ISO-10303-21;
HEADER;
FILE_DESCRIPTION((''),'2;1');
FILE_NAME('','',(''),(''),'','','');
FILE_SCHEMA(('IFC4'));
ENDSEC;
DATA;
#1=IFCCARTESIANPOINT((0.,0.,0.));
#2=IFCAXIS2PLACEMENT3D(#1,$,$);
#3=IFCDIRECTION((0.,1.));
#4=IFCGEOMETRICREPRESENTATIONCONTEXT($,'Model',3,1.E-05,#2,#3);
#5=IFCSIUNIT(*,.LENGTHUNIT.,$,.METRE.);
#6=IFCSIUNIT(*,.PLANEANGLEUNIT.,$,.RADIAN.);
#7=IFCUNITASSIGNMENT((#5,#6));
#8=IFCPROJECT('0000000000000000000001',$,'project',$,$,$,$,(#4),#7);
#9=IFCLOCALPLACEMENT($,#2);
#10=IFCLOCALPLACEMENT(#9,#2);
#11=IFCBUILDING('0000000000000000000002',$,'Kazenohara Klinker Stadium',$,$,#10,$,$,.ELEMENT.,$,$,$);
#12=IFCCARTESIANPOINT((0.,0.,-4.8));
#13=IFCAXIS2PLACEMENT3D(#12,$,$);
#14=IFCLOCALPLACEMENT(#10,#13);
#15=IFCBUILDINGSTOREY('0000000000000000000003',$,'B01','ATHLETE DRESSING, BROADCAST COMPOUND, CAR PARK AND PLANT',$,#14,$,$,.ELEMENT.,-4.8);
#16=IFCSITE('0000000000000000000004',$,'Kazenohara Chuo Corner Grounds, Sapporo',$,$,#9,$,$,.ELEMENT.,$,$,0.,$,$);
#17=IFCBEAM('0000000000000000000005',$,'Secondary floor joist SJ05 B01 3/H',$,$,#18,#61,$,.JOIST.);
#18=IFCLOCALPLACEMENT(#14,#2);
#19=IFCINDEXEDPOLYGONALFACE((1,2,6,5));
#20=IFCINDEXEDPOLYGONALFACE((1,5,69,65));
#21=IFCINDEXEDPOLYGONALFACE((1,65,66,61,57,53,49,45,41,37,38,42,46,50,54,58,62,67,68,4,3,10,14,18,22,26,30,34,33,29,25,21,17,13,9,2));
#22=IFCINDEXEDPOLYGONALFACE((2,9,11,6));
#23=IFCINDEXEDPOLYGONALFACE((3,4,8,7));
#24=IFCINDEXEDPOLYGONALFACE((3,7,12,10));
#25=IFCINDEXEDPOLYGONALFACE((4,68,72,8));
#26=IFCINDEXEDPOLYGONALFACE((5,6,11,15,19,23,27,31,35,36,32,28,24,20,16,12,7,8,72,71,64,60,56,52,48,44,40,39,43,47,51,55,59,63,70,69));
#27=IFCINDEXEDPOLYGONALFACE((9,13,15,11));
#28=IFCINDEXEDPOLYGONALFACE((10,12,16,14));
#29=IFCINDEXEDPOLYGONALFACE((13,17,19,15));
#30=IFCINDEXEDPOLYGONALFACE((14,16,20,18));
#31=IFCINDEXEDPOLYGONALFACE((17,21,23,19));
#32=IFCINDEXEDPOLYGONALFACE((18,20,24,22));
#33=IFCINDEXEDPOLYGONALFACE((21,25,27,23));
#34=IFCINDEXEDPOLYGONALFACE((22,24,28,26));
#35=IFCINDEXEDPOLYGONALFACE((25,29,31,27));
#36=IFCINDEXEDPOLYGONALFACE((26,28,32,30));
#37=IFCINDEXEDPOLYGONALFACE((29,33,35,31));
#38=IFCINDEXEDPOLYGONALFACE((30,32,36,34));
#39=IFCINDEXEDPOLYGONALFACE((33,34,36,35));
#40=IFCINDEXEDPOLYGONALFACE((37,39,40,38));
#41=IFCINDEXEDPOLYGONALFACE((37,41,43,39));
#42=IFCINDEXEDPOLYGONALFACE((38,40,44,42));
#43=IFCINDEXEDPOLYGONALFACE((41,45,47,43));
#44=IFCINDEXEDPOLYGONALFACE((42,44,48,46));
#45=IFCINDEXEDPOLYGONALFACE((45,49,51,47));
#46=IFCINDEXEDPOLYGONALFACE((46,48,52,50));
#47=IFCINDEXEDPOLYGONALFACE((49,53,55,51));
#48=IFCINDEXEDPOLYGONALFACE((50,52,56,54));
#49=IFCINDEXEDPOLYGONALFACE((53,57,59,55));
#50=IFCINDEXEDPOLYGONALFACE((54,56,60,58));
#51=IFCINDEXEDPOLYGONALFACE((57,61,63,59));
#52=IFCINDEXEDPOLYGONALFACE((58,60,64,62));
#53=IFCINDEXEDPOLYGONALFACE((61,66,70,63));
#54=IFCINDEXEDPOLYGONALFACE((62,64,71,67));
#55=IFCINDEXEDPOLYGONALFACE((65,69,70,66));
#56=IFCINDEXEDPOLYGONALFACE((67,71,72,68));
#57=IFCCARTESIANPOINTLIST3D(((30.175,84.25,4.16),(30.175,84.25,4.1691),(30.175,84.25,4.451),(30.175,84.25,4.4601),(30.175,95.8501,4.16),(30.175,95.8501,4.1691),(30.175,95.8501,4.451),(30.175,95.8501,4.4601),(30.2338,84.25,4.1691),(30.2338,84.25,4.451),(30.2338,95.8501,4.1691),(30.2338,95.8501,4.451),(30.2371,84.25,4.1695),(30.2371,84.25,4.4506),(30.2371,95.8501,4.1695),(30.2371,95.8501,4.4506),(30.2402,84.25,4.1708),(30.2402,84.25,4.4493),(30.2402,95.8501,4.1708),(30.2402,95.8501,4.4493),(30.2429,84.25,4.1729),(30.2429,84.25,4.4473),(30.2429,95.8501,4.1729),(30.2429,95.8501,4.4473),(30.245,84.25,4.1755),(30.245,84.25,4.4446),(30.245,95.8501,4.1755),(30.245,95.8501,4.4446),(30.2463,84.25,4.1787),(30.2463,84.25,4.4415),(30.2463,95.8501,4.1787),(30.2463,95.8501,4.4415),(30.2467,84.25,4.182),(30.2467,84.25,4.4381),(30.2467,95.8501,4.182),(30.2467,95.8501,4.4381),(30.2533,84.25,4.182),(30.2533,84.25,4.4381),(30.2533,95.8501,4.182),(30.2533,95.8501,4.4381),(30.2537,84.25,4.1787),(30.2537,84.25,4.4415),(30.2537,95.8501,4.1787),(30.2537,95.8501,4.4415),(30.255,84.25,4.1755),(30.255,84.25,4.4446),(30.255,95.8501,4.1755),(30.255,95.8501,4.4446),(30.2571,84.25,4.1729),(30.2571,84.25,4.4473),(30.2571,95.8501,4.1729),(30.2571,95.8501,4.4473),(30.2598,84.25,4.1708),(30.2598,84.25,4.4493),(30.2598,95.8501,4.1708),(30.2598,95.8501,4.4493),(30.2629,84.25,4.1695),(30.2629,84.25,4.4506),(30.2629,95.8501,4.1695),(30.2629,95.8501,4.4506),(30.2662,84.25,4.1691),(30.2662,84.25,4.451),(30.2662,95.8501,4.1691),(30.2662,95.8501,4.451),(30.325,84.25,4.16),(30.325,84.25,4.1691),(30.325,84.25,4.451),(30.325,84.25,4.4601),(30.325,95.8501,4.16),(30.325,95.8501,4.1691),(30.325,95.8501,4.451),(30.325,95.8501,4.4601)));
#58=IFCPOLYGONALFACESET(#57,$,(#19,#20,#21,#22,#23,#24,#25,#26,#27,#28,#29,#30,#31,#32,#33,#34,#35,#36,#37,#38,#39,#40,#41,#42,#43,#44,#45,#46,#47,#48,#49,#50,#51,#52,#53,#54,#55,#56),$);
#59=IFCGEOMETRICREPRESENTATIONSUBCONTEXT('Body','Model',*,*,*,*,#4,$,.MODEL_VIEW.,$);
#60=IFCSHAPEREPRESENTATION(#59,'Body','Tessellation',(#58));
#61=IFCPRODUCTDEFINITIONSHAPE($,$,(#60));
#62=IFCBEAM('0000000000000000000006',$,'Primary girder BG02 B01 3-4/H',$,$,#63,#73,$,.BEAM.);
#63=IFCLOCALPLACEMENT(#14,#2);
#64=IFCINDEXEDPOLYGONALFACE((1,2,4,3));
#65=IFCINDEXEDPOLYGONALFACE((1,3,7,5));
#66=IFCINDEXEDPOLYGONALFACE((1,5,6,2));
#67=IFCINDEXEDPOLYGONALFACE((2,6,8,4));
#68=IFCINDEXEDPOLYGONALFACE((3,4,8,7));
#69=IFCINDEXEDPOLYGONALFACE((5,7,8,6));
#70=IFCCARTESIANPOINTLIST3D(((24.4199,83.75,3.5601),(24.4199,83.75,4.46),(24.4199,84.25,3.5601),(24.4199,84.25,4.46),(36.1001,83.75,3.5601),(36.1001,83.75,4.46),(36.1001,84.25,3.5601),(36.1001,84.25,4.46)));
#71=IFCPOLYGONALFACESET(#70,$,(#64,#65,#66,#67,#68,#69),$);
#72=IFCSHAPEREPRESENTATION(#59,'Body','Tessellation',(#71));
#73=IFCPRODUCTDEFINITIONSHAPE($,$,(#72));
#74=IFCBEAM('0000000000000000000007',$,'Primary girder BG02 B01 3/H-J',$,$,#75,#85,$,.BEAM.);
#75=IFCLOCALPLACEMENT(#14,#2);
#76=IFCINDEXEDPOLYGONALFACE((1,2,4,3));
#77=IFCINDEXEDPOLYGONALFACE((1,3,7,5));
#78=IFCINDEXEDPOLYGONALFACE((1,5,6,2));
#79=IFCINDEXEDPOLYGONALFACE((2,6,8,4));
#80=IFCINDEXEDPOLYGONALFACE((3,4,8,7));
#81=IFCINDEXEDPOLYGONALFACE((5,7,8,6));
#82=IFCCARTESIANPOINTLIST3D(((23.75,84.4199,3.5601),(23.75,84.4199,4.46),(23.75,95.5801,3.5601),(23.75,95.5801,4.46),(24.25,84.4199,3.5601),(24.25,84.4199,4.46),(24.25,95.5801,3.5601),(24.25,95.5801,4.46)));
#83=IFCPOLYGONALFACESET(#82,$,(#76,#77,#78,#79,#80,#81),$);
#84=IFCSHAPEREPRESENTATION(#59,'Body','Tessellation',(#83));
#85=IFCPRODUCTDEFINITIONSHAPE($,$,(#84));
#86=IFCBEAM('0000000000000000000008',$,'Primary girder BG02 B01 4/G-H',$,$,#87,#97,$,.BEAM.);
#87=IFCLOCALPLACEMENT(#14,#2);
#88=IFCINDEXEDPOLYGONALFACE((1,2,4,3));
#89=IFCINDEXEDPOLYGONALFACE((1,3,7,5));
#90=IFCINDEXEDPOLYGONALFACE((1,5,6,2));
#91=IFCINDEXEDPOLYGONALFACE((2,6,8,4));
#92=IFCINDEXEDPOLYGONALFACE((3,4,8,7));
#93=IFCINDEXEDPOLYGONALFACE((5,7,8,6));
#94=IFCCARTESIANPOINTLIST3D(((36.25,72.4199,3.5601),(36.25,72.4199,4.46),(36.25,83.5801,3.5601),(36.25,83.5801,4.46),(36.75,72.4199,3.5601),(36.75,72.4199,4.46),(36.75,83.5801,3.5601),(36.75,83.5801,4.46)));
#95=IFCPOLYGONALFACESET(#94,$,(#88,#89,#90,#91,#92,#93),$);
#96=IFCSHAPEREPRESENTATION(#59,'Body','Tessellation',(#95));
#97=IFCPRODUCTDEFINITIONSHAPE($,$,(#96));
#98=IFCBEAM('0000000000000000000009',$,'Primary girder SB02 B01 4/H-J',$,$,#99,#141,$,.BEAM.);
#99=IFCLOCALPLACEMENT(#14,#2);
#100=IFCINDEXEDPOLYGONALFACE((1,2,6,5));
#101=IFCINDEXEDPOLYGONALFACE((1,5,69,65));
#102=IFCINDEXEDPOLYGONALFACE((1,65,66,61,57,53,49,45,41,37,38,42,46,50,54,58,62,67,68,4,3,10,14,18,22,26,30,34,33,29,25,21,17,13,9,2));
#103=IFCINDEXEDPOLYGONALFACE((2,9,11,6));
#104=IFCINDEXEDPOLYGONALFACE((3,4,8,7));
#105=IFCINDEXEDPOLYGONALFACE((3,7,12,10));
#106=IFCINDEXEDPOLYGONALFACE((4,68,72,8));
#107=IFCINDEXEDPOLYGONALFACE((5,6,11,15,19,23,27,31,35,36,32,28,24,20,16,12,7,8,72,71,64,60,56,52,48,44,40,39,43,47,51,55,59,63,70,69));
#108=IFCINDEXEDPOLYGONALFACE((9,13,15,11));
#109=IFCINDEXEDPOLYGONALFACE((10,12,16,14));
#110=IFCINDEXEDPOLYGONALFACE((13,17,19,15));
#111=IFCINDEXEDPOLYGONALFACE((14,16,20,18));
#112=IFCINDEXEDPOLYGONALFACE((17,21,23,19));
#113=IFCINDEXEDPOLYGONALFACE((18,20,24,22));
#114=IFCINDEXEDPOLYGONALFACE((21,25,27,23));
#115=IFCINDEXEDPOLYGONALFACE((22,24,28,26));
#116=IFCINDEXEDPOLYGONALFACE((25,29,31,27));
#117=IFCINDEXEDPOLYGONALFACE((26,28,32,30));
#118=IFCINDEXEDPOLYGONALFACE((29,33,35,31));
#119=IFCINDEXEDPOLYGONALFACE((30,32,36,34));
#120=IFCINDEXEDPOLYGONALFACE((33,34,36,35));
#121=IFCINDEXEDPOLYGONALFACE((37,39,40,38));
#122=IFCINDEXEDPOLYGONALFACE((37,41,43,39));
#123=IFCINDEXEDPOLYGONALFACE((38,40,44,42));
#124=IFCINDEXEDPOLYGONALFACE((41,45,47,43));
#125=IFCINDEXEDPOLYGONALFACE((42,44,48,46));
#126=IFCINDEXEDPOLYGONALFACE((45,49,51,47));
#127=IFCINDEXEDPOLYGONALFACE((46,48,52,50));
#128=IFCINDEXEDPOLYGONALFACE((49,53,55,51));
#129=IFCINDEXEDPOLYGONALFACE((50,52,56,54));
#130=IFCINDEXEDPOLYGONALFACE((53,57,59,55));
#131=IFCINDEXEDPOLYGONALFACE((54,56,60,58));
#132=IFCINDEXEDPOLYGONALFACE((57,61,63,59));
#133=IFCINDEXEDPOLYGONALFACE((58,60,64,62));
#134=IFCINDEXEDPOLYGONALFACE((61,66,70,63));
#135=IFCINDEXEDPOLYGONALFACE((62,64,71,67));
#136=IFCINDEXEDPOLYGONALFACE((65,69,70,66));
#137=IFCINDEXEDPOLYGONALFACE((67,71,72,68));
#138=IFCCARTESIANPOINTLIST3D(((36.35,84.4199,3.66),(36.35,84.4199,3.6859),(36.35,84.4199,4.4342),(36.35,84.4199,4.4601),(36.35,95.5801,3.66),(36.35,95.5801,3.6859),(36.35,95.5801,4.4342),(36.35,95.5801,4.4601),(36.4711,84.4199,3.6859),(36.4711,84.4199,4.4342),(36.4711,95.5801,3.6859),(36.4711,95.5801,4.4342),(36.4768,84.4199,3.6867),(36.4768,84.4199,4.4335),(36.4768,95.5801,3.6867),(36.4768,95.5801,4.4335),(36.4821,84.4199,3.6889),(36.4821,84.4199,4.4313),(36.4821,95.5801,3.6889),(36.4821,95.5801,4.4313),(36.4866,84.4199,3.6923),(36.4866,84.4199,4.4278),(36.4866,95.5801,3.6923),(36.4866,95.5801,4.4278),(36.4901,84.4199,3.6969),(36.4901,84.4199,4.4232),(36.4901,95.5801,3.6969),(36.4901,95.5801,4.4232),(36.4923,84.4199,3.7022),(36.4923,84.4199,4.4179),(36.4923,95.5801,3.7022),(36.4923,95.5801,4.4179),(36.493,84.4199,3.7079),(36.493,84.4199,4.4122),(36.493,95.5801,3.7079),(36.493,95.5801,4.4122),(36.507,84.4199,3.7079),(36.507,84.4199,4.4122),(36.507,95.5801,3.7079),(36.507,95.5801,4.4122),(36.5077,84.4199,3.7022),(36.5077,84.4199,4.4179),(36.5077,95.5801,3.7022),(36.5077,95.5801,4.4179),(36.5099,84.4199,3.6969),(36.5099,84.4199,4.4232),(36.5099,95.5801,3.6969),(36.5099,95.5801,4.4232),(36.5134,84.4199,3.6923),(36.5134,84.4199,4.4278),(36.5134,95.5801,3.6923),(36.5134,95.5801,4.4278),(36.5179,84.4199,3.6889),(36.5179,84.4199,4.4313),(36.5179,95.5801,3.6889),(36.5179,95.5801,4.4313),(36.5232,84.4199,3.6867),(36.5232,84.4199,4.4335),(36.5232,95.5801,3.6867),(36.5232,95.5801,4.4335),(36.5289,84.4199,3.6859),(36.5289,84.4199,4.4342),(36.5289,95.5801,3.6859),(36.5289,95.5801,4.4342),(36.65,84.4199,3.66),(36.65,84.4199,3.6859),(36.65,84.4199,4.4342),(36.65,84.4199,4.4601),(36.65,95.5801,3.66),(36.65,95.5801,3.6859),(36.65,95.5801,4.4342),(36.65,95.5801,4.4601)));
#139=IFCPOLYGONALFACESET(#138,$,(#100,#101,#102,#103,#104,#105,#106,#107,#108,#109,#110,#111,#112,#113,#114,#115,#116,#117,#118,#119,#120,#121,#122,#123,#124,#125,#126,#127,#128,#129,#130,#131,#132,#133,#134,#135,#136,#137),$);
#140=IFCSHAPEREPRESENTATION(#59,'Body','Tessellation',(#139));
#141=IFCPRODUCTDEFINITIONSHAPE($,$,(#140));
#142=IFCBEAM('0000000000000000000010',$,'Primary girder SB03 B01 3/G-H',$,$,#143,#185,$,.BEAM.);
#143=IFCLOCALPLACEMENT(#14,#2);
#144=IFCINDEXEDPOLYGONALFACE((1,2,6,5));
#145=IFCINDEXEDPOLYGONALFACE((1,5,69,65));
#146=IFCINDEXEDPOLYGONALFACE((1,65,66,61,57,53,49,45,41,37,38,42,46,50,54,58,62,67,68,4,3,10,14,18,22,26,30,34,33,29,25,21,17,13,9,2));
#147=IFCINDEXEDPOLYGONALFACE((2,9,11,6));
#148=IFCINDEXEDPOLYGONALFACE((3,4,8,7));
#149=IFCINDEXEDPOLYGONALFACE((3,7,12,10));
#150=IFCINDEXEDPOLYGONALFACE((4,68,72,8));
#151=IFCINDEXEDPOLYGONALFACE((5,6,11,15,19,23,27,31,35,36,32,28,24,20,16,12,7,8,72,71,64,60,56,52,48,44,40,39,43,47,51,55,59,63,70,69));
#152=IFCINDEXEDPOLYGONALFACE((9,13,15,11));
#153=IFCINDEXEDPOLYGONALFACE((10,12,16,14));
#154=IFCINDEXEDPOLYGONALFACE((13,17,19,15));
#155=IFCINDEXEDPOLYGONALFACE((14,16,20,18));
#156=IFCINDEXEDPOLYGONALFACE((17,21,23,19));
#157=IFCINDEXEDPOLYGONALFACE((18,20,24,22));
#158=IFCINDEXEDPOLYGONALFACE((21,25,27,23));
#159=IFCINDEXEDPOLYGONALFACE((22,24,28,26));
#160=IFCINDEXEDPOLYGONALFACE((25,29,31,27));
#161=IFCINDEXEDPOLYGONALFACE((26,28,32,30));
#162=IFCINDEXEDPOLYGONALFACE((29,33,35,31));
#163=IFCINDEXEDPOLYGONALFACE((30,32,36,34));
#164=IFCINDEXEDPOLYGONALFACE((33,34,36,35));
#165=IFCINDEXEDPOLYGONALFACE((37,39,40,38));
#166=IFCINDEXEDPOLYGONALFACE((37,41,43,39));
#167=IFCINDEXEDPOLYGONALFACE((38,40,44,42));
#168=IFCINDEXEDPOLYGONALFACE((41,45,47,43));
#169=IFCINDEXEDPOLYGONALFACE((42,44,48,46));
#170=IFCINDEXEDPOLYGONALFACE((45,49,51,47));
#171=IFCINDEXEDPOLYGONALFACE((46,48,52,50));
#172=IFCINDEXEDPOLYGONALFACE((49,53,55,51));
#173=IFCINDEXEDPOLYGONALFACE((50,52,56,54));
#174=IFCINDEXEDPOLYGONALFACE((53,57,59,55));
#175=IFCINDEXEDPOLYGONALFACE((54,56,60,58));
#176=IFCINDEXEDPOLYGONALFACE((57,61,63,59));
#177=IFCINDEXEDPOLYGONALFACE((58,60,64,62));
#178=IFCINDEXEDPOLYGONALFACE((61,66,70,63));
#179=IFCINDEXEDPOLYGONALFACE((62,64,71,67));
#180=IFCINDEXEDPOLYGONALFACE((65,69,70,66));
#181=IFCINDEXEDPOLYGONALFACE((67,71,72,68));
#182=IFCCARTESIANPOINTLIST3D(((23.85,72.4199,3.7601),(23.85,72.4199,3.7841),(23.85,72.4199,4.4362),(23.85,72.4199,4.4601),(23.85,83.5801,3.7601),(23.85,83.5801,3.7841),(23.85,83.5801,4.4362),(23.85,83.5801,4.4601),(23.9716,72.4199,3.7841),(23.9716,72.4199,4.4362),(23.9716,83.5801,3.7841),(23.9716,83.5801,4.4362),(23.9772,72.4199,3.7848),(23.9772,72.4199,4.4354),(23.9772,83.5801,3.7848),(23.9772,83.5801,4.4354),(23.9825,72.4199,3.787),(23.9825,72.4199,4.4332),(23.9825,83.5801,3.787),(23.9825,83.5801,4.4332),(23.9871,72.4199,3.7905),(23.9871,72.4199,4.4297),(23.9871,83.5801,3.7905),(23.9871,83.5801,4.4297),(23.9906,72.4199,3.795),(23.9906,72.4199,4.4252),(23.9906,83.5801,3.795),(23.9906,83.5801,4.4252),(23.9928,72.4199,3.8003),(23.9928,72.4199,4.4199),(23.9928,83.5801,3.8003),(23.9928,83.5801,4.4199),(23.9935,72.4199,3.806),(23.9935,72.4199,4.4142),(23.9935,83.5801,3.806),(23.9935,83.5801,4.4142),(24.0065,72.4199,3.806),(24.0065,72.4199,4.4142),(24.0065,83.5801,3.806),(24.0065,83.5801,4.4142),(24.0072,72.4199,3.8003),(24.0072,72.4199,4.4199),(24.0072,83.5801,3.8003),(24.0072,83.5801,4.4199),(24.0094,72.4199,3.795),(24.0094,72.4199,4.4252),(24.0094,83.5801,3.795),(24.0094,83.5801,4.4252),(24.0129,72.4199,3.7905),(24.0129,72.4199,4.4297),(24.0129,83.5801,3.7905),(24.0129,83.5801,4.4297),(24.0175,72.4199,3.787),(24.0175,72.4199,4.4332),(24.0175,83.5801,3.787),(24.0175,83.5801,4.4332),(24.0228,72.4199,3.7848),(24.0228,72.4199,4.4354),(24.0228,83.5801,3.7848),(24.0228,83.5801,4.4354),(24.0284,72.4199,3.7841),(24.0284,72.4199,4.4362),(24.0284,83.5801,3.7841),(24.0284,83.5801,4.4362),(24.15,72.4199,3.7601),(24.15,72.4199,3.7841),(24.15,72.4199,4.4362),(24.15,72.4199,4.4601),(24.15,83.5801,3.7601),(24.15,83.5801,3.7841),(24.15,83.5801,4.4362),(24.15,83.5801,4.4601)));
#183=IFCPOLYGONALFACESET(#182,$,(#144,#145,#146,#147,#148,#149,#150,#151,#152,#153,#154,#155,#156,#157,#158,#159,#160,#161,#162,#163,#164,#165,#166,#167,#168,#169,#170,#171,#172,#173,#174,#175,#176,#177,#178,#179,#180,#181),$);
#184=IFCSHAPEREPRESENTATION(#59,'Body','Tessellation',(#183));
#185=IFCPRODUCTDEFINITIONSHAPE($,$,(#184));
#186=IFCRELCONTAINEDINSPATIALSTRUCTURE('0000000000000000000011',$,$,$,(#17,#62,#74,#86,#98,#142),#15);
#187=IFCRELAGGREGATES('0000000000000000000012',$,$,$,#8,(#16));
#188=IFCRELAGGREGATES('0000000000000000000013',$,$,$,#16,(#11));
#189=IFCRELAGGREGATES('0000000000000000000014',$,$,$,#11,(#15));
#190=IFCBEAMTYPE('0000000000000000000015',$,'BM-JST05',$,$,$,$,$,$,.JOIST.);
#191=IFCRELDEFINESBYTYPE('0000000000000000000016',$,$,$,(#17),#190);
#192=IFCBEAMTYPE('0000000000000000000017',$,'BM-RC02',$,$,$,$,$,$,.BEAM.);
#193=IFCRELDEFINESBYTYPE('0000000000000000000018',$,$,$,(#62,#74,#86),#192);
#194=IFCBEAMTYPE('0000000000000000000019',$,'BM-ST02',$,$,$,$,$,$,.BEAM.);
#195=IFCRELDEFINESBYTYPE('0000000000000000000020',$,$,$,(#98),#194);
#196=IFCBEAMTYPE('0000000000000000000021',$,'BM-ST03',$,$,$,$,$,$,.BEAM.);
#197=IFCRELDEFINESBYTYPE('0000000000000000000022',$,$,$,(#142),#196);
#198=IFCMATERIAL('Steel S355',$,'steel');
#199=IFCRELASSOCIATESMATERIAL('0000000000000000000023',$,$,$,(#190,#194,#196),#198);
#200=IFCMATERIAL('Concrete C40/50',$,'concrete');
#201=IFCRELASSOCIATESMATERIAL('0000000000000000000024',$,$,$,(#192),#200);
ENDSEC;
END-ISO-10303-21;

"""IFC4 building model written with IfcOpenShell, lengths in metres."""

from ifc_helpers import new_model, si_unit, direction, frame, origin, origin_2d, place, context, subcontext, project, spatial, rectangle, i_section, extrude, material, material_profile, profile_set, type_object, element, save


model = new_model("IFC4")

# Units and contexts
model_context = context("Model", 3, precision=1e-05, world=origin(), true_north=direction((0.0, 1.0)))
body_context = subcontext(model_context, "Body", "Model", "MODEL_VIEW")
ifc_project = project(units=[si_unit("LENGTHUNIT", "METRE"), si_unit("PLANEANGLEUNIT", "RADIAN")], contexts=[model_context])

# Site, building, storey
site_placement = place(None, origin())
site = spatial("IfcSite", under=ifc_project, at=site_placement, Name="Kazenohara Chuo Corner Grounds, Sapporo", CompositionType="ELEMENT", RefElevation=0.0)
building_placement = place(site_placement, origin())
building = spatial("IfcBuilding", under=site, at=building_placement, Name="Kazenohara Klinker Stadium", CompositionType="ELEMENT")
storey_placement = place(building_placement, frame((0.0, 0.0, -4.8)))
storey = spatial("IfcBuildingStorey", under=building, at=storey_placement, Name="B01", Description="ATHLETE DRESSING, BROADCAST COMPOUND, CAR PARK AND PLANT", CompositionType="ELEMENT", Elevation=-4.8)

# Shared definitions
ifc_material_1 = material(Name="Concrete C40/50", Category="concrete")

# Beams
ifc_material_2 = material(Name="Steel S355", Category="steel")
ifc_material_profile_1 = material_profile(ifc_material_2, i_section(OverallWidth=0.1499, OverallDepth=0.3, WebThickness=0.0066, FlangeThickness=0.009, FilletRadius=0.0129, at=origin_2d()), Name="H-300x150x6.5x9")
ifc_profile_set_1 = profile_set([ifc_material_profile_1], Name="Steel S355")
beam_type_1 = type_object("IfcBeamType", Name="BM-JST05", PredefinedType="JOIST", material=ifc_profile_set_1)
beam_1_placement = place(storey_placement, frame((30.25, 84.25, 4.3101), z_axis=(0.0, 1.0, 0.0), x_axis=(-1.0, 0.0, 0.0)))
element("IfcBeam", 1, at=beam_1_placement, inside=storey, type_object=beam_type_1, Name="Secondary floor joist SJ05 B01 3/H", PredefinedType="JOIST", context=body_context, shape_type="SweptSolid", body=[
    extrude(i_section(OverallWidth=0.1499, OverallDepth=0.3, WebThickness=0.0066, FlangeThickness=0.009, FilletRadius=0.0129, at=origin_2d()), origin(), (0.0, 0.0, 1.0), 11.6001),
])
ifc_material_profile_2 = material_profile(ifc_material_1, rectangle(XDim=0.5, YDim=0.8999, at=origin_2d()), Name="RC-BM-500x900")
ifc_profile_set_2 = profile_set([ifc_material_profile_2], Name="Concrete C40/50")
beam_type_2 = type_object("IfcBeamType", Name="BM-RC02", PredefinedType="BEAM", material=ifc_profile_set_2)
beam_2_placement = place(storey_placement, frame((24.4199, 84.0, 4.01), z_axis=(1.0, 0.0, 0.0), x_axis=(0.0, 1.0, 0.0)))
element("IfcBeam", 2, at=beam_2_placement, inside=storey, type_object=beam_type_2, Name="Primary girder BG02 B01 3-4/H", PredefinedType="BEAM", context=body_context, shape_type="SweptSolid", body=[
    extrude(rectangle(XDim=0.5, YDim=0.8999, at=origin_2d()), origin(), (0.0, 0.0, 1.0), 11.6802),
])
for number, where, z_axis, x_axis, name in (
    (3, (24.0, 84.4199, 4.01), (0.0, 1.0, 0.0), (-1.0, 0.0, 0.0), "Primary girder BG02 B01 3/H-J"),
    (4, (36.5, 72.4199, 4.01), (0.0, 1.0, 0.0), (-1.0, 0.0, 0.0), "Primary girder BG02 B01 4/G-H"),
):
    element("IfcBeam", number, at=place(storey_placement, frame(where, z_axis=z_axis, x_axis=x_axis)), inside=storey, type_object=beam_type_2, Name=name, PredefinedType="BEAM", context=body_context, shape_type="SweptSolid", body=[
        extrude(rectangle(XDim=0.5, YDim=0.8999, at=origin_2d()), origin(), (0.0, 0.0, 1.0), 11.1602),
    ])
ifc_material_profile_3 = material_profile(ifc_material_2, i_section(OverallWidth=0.3, OverallDepth=0.8, WebThickness=0.0139, FlangeThickness=0.0259, FilletRadius=0.022, at=origin_2d()), Name="H-800x300x14x26")
ifc_profile_set_3 = profile_set([ifc_material_profile_3], Name="Steel S355")
beam_type_3 = type_object("IfcBeamType", Name="BM-ST02", PredefinedType="BEAM", material=ifc_profile_set_3)
beam_3_placement = place(storey_placement, frame((36.5, 84.4199, 4.0601), z_axis=(0.0, 1.0, 0.0), x_axis=(-1.0, 0.0, 0.0)))
element("IfcBeam", 5, at=beam_3_placement, inside=storey, type_object=beam_type_3, Name="Primary girder SB02 B01 4/H-J", PredefinedType="BEAM", context=body_context, shape_type="SweptSolid", body=[
    extrude(i_section(OverallWidth=0.3, OverallDepth=0.8, WebThickness=0.0139, FlangeThickness=0.0259, FilletRadius=0.022, at=origin_2d()), origin(), (0.0, 0.0, 1.0), 11.1602),
])
ifc_material_profile_4 = material_profile(ifc_material_2, i_section(OverallWidth=0.3, OverallDepth=0.7, WebThickness=0.0129, FlangeThickness=0.0239, FilletRadius=0.022, at=origin_2d()), Name="H-700x300x13x24")
ifc_profile_set_4 = profile_set([ifc_material_profile_4], Name="Steel S355")
beam_type_4 = type_object("IfcBeamType", Name="BM-ST03", PredefinedType="BEAM", material=ifc_profile_set_4)
beam_4_placement = place(storey_placement, frame((24.0, 72.4199, 4.1101), z_axis=(0.0, 1.0, 0.0), x_axis=(-1.0, 0.0, 0.0)))
element("IfcBeam", 6, at=beam_4_placement, inside=storey, type_object=beam_type_4, Name="Primary girder SB03 B01 3/G-H", PredefinedType="BEAM", context=body_context, shape_type="SweptSolid", body=[
    extrude(i_section(OverallWidth=0.3, OverallDepth=0.7, WebThickness=0.0129, FlangeThickness=0.0239, FilletRadius=0.022, at=origin_2d()), origin(), (0.0, 0.0, 1.0), 11.1602),
])

save(model, "model.ifc")
